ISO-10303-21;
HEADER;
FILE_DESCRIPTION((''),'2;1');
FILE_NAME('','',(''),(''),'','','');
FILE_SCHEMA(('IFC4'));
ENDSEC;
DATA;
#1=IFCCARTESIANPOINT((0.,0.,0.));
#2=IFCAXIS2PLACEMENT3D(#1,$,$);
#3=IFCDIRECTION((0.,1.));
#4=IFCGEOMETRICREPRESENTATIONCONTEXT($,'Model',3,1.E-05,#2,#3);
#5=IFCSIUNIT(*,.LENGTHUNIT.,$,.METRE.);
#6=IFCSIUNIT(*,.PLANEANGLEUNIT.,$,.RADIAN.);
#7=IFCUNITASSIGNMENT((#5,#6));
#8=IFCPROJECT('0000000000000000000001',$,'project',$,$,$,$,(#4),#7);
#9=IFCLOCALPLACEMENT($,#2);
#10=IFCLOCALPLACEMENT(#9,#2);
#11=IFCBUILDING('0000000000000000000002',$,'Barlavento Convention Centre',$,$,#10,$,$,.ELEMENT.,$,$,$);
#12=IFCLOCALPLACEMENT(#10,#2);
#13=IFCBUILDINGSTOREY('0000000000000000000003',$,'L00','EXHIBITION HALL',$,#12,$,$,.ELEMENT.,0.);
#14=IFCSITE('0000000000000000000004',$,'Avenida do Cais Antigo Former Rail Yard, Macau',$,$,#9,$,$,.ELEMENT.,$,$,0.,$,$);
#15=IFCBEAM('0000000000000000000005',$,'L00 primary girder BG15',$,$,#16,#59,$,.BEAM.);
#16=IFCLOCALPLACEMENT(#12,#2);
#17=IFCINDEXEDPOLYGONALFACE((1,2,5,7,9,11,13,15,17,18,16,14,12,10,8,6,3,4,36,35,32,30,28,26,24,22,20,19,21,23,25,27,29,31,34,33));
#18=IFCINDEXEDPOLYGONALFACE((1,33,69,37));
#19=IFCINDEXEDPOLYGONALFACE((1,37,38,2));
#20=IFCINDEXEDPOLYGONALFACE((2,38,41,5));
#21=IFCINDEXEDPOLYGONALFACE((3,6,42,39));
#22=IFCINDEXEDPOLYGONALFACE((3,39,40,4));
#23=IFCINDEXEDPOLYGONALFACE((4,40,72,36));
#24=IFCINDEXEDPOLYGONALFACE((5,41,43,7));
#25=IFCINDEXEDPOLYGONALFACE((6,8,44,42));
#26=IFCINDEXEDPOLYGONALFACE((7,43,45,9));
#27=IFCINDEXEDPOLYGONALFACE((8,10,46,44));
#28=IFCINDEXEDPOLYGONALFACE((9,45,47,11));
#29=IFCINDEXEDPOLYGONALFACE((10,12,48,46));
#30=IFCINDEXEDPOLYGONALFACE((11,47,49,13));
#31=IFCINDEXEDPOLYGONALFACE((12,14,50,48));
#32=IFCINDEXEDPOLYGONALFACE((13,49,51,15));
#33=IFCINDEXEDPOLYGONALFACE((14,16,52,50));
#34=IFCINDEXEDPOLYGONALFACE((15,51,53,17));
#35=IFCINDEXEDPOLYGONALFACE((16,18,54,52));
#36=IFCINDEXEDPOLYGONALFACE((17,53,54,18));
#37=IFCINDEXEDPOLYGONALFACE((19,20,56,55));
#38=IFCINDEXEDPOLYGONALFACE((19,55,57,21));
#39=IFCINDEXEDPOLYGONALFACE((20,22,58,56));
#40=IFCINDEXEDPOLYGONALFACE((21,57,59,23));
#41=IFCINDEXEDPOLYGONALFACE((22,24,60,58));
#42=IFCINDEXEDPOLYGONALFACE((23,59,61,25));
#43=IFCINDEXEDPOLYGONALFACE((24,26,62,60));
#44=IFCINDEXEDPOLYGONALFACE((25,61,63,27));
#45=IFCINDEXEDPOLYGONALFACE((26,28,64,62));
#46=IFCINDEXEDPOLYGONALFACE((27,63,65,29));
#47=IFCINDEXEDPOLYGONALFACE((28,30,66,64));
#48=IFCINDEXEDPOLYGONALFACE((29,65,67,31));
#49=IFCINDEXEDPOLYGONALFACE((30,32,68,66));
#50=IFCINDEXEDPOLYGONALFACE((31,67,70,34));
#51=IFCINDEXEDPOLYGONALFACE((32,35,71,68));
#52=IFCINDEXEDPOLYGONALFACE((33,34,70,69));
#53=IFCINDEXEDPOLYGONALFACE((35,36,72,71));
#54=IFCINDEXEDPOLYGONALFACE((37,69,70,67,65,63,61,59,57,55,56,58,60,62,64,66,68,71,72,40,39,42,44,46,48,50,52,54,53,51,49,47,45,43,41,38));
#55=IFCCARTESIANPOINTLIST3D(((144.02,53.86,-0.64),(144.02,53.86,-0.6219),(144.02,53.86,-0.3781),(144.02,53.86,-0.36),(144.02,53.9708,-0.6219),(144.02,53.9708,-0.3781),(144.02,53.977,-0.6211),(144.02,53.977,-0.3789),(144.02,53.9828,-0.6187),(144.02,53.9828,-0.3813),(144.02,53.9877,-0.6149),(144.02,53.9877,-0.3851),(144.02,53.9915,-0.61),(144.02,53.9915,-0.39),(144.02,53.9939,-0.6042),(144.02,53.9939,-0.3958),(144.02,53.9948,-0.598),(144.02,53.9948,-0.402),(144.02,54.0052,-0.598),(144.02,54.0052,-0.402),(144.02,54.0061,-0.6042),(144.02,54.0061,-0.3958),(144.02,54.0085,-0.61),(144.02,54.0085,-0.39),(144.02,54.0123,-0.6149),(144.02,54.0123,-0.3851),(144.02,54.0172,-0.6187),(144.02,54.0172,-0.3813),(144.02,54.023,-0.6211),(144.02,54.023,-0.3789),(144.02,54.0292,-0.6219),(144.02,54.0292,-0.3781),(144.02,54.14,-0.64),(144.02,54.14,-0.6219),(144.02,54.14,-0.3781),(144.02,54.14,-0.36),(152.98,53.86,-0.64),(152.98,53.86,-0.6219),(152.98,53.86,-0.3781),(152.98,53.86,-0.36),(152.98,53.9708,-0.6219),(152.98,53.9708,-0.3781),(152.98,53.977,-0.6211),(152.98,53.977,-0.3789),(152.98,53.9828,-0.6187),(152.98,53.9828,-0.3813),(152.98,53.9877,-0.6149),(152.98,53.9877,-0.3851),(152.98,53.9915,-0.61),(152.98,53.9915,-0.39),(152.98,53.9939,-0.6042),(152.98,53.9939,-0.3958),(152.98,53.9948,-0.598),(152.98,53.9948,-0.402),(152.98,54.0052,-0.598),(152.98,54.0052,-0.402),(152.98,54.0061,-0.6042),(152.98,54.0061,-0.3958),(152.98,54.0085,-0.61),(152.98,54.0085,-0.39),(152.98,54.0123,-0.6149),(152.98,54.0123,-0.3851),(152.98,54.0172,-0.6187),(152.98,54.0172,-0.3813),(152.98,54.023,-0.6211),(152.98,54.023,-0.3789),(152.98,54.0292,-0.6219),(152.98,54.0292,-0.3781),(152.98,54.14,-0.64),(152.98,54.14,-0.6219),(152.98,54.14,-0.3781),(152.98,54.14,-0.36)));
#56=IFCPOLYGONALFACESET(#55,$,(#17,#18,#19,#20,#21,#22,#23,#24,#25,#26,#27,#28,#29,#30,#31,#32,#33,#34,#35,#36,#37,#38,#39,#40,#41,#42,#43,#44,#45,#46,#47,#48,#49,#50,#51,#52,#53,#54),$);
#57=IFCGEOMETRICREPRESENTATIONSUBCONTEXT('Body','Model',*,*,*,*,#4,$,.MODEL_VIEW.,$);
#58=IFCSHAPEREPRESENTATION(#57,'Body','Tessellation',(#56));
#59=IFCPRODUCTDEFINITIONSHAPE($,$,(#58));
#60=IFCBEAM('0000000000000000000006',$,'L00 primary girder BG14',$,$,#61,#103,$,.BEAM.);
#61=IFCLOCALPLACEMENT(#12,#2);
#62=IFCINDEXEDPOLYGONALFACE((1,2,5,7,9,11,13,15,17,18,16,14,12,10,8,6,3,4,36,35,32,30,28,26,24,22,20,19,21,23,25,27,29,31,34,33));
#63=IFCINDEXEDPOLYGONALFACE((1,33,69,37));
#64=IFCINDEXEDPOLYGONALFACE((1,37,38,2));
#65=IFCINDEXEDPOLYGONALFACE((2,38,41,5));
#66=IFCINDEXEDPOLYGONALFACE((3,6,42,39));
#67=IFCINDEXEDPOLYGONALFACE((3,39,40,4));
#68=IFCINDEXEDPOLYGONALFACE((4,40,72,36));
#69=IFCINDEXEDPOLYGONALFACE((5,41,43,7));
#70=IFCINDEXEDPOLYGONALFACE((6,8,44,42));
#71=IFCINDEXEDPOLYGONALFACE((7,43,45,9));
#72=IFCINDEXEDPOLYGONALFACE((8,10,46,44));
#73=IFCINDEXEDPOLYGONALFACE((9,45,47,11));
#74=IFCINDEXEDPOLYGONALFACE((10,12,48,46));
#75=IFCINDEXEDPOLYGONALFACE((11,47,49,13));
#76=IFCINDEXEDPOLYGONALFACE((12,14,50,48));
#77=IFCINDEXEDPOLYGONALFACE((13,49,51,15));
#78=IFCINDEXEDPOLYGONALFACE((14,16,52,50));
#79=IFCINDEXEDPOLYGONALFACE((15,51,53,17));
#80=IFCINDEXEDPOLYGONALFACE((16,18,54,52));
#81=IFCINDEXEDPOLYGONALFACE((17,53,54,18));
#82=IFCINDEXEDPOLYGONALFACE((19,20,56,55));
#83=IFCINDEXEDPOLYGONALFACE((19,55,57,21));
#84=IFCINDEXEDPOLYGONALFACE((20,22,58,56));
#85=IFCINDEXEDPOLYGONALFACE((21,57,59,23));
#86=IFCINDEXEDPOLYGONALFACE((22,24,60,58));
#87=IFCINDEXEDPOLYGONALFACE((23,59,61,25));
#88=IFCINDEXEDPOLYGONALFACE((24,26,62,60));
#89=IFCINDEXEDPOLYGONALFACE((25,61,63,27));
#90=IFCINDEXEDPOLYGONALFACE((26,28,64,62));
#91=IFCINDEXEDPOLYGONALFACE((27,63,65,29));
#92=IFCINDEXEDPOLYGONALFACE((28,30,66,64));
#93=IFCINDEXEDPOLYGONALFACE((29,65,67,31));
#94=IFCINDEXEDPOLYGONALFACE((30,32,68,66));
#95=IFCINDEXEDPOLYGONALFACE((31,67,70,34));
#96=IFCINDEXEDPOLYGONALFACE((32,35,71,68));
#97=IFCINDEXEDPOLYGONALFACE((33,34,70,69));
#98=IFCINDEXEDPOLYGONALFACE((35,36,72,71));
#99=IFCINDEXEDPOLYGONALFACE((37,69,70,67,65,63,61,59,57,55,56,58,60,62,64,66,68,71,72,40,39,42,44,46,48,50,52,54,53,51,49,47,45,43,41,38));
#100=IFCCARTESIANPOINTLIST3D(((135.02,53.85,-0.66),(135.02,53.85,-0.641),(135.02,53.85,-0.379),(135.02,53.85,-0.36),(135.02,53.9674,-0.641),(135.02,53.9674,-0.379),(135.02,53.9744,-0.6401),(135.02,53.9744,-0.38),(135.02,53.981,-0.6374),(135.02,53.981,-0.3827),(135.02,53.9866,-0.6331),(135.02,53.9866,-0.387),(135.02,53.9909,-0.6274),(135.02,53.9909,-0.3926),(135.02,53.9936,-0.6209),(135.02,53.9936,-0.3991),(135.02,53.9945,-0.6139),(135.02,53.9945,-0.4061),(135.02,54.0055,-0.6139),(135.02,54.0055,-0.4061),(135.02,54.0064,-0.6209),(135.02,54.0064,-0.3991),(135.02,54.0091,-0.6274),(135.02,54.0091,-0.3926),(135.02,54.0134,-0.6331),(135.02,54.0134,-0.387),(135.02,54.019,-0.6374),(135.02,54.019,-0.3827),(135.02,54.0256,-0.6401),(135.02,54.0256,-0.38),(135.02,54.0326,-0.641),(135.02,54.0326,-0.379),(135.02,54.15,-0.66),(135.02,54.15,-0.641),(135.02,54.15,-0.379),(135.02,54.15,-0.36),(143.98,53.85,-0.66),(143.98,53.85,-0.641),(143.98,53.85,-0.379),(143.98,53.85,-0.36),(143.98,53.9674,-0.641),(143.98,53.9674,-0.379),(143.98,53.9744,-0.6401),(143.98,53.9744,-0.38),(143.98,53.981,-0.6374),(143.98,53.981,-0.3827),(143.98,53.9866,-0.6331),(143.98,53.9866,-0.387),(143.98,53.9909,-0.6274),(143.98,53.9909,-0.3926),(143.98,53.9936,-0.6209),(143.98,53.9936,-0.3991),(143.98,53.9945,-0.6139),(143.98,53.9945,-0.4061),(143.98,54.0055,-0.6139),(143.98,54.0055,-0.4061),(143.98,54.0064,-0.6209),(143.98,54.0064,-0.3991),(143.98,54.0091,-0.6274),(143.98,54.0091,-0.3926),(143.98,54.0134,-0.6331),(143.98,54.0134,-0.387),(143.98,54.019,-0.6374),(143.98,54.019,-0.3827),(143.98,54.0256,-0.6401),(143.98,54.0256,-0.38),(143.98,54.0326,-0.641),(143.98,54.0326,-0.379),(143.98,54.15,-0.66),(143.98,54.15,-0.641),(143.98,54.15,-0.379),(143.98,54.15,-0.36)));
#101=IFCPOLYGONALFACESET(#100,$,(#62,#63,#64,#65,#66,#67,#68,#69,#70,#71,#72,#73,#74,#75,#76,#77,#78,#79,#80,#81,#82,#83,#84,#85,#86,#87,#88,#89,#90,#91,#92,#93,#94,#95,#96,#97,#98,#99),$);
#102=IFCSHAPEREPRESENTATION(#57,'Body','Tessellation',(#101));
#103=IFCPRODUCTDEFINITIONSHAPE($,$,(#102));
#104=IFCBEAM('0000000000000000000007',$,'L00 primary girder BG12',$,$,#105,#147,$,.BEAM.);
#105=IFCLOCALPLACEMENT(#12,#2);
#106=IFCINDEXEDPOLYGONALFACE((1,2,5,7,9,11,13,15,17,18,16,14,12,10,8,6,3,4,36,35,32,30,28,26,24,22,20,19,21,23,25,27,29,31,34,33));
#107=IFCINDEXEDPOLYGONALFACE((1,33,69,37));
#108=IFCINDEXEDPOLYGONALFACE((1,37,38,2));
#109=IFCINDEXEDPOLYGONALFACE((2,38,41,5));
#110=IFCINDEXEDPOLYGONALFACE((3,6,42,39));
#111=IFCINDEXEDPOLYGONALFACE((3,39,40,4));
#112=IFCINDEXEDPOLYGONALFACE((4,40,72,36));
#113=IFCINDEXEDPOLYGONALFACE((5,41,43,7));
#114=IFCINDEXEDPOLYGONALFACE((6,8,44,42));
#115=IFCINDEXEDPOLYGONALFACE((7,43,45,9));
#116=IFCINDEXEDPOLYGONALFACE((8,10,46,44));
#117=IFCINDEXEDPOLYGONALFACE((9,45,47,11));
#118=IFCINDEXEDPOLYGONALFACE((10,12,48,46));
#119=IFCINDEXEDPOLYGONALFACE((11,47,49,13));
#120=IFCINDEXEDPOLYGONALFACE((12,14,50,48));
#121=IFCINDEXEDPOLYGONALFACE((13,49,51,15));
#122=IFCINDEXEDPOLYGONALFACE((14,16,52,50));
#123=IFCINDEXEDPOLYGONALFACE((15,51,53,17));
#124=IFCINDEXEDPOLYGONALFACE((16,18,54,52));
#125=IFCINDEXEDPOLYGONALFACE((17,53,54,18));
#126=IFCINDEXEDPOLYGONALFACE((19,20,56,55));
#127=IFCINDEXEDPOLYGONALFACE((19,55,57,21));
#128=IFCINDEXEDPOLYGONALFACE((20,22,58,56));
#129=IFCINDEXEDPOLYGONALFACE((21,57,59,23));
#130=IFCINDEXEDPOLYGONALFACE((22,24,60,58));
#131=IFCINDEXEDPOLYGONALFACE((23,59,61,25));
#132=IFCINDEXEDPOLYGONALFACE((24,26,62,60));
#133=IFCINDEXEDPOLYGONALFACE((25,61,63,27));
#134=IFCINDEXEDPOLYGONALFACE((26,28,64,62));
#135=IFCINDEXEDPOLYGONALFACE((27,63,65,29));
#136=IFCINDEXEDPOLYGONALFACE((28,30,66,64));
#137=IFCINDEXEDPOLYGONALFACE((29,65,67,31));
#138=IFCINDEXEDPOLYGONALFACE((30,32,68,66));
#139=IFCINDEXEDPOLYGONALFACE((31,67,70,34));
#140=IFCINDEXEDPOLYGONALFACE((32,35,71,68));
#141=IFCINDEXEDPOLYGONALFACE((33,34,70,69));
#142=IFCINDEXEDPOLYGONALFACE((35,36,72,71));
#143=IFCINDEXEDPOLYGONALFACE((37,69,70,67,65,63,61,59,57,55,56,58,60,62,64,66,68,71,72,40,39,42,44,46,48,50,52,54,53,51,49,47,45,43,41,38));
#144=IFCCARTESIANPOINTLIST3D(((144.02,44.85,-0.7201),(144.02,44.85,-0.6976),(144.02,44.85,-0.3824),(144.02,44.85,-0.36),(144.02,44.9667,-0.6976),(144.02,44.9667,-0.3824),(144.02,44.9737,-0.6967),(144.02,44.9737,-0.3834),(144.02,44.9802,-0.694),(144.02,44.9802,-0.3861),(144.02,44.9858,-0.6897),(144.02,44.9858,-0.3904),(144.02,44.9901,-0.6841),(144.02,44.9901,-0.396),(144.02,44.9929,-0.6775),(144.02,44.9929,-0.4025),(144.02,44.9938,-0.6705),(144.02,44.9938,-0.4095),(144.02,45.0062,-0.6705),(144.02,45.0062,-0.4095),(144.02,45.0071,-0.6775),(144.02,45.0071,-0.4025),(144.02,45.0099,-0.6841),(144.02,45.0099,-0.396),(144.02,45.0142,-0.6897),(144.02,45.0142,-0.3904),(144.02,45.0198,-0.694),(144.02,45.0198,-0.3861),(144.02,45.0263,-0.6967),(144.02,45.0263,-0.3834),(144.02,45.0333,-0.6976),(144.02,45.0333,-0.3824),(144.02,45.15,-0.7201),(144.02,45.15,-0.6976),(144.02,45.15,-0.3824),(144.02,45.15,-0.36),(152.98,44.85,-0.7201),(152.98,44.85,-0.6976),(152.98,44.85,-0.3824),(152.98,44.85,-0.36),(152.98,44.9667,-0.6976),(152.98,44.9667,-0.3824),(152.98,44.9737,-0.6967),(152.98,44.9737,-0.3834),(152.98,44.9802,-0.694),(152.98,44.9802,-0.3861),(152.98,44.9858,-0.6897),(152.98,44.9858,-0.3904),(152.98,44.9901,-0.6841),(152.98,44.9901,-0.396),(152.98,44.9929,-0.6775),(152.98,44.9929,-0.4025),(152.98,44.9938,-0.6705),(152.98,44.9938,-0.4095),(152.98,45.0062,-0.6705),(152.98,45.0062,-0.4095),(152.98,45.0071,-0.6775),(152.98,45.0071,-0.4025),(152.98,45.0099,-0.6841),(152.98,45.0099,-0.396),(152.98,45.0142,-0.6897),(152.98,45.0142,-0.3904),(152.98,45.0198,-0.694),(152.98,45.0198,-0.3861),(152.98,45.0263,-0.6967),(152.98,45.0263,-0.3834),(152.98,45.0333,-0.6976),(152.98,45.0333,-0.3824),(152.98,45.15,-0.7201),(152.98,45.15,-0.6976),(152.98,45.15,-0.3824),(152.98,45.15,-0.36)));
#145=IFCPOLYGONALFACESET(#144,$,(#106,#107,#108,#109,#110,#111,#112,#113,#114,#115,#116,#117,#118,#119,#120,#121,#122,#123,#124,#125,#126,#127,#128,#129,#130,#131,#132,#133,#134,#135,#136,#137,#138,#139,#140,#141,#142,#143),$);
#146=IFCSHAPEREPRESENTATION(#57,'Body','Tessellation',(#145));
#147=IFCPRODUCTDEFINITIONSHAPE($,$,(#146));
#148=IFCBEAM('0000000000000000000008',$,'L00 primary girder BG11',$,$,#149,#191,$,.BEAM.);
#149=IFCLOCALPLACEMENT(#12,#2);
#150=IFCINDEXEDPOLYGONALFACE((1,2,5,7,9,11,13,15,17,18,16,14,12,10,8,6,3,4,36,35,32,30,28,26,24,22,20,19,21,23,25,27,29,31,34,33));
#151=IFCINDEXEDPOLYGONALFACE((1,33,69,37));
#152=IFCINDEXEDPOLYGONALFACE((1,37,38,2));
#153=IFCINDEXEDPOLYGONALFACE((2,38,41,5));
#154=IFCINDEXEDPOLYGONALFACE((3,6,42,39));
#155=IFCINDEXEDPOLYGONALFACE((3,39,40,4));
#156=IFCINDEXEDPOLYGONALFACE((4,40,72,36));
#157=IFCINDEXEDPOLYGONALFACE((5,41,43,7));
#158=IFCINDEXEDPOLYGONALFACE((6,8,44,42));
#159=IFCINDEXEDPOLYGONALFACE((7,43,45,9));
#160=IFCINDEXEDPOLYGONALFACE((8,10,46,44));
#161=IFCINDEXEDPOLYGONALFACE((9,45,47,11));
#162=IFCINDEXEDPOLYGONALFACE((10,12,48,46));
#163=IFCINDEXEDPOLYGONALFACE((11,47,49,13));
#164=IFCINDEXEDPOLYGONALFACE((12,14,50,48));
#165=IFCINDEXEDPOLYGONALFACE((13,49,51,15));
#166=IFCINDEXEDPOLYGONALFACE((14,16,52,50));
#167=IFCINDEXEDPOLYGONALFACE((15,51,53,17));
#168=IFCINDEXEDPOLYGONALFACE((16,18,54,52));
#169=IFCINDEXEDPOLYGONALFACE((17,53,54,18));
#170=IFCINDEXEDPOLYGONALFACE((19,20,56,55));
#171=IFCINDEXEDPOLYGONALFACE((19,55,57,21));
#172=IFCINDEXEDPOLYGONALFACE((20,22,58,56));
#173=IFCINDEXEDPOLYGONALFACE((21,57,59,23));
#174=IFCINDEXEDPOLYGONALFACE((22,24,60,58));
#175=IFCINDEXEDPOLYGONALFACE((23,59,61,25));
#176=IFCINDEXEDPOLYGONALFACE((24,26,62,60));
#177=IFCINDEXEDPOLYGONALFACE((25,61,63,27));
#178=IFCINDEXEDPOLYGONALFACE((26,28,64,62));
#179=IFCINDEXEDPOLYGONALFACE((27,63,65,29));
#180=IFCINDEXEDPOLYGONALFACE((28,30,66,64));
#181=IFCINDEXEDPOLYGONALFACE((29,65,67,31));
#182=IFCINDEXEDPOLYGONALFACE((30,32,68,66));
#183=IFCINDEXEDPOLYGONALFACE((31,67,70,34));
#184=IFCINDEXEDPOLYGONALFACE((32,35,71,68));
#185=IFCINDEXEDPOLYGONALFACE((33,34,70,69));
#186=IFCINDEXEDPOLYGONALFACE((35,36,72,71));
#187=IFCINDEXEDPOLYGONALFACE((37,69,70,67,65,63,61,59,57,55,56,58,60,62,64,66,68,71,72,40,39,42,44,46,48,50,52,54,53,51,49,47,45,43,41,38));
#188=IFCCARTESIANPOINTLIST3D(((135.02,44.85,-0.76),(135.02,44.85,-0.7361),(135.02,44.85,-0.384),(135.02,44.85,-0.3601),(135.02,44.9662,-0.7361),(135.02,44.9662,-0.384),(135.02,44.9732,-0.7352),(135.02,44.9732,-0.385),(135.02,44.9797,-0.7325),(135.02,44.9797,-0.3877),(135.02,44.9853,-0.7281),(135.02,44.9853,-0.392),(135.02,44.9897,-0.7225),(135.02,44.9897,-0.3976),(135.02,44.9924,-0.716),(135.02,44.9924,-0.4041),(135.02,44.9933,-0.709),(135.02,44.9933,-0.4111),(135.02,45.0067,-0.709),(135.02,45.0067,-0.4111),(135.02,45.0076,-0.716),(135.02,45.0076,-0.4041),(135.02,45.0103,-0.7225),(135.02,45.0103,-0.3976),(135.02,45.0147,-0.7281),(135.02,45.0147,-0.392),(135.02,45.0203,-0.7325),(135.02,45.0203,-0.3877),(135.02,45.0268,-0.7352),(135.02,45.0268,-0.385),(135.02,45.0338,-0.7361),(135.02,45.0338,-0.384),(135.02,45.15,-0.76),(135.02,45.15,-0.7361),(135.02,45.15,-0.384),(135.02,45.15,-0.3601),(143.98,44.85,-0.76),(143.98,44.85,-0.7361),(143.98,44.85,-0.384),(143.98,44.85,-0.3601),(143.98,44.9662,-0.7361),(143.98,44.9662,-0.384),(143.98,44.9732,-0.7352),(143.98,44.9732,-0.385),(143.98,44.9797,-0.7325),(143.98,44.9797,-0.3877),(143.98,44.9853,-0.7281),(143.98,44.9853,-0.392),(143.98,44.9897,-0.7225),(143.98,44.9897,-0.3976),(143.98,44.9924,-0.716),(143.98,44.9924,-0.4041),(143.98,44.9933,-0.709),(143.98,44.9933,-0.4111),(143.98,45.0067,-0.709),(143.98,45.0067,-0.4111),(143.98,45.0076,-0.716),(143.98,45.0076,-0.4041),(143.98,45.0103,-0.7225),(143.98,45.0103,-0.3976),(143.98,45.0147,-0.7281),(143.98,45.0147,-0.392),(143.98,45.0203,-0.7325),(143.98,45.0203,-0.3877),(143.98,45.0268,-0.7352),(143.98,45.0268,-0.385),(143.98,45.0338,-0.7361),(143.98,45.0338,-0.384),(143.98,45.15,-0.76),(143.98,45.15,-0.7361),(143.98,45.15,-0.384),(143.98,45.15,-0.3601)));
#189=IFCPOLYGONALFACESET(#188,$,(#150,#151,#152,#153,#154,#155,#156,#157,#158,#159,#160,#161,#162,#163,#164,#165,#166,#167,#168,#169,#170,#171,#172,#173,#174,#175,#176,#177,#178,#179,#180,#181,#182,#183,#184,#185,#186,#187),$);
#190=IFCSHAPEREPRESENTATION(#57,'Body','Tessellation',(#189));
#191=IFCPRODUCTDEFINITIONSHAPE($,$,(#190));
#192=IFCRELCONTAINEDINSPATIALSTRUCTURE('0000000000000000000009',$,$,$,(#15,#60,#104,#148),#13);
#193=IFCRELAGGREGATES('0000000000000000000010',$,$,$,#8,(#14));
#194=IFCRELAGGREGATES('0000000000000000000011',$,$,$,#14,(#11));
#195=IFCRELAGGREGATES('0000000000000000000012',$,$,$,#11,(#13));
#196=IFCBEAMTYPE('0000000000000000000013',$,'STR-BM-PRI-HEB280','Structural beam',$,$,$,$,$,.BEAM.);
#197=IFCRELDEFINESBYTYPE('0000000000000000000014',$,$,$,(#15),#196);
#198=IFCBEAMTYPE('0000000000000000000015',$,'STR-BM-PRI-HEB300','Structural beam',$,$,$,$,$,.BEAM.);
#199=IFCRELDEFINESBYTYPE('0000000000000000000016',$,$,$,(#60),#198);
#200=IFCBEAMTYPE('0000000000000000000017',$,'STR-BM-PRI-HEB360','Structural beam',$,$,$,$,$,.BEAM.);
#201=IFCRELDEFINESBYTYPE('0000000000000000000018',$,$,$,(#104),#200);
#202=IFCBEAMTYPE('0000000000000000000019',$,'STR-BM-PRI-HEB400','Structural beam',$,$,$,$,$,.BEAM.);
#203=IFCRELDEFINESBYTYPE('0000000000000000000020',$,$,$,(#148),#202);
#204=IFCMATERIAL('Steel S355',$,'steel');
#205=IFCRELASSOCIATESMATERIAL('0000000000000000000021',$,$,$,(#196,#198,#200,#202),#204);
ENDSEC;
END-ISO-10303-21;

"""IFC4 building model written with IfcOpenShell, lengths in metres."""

from ifc_helpers import new_model, si_unit, direction, frame, origin, origin_2d, place, context, subcontext, project, spatial, i_section, extrude, material, material_profile, profile_set, type_object, element, save


model = new_model("IFC4")

# Units and contexts
model_context = context("Model", 3, precision=1e-05, world=origin(), true_north=direction((0.0, 1.0)))
body_context = subcontext(model_context, "Body", "Model", "MODEL_VIEW")
ifc_project = project(units=[si_unit("LENGTHUNIT", "METRE"), si_unit("PLANEANGLEUNIT", "RADIAN")], contexts=[model_context])

# Site, building, storey
site_placement = place(None, origin())
site = spatial("IfcSite", under=ifc_project, at=site_placement, Name="Avenida do Cais Antigo Former Rail Yard, Macau", CompositionType="ELEMENT", RefElevation=0.0)
building_placement = place(site_placement, origin())
building = spatial("IfcBuilding", under=site, at=building_placement, Name="Barlavento Convention Centre", CompositionType="ELEMENT")
storey_placement = place(building_placement, origin())
storey = spatial("IfcBuildingStorey", under=building, at=storey_placement, Name="L00", Description="EXHIBITION HALL", CompositionType="ELEMENT", Elevation=0.0)

# Beams
ifc_material_1 = material(Name="Steel S355", Category="steel")
ifc_material_profile_1 = material_profile(ifc_material_1, i_section(OverallWidth=0.28, OverallDepth=0.28, WebThickness=0.0105, FlangeThickness=0.0181, FilletRadius=0.0239, at=origin_2d()), Name="HEB 280")
ifc_profile_set_1 = profile_set([ifc_material_profile_1], Name="Steel S355")
beam_type_1 = type_object("IfcBeamType", Name="STR-BM-PRI-HEB280", Description="Structural beam", PredefinedType="BEAM", material=ifc_profile_set_1)
beam_1_placement = place(storey_placement, frame((144.02, 54.0, -0.5), z_axis=(1.0, 0.0, 0.0), x_axis=(0.0, 1.0, 0.0)))
element("IfcBeam", 1, at=beam_1_placement, inside=storey, type_object=beam_type_1, Name="L00 primary girder BG15", PredefinedType="BEAM", context=body_context, shape_type="SweptSolid", body=[
    extrude(i_section(OverallWidth=0.28, OverallDepth=0.28, WebThickness=0.0105, FlangeThickness=0.0181, FilletRadius=0.0239, at=origin_2d()), origin(), (0.0, 0.0, 1.0), 8.96),
])
ifc_material_profile_2 = material_profile(ifc_material_1, i_section(OverallWidth=0.3, OverallDepth=0.3, WebThickness=0.011, FlangeThickness=0.019, FilletRadius=0.0271, at=origin_2d()), Name="HEB 300")
ifc_profile_set_2 = profile_set([ifc_material_profile_2], Name="Steel S355")
beam_type_2 = type_object("IfcBeamType", Name="STR-BM-PRI-HEB300", Description="Structural beam", PredefinedType="BEAM", material=ifc_profile_set_2)
beam_2_placement = place(storey_placement, frame((135.02, 54.0, -0.51), z_axis=(1.0, 0.0, 0.0), x_axis=(0.0, 1.0, 0.0)))
element("IfcBeam", 2, at=beam_2_placement, inside=storey, type_object=beam_type_2, Name="L00 primary girder BG14", PredefinedType="BEAM", context=body_context, shape_type="SweptSolid", body=[
    extrude(i_section(OverallWidth=0.3, OverallDepth=0.3, WebThickness=0.011, FlangeThickness=0.019, FilletRadius=0.0271, at=origin_2d()), origin(), (0.0, 0.0, 1.0), 8.96),
])
ifc_material_profile_3 = material_profile(ifc_material_1, i_section(OverallWidth=0.3, OverallDepth=0.3601, WebThickness=0.0125, FlangeThickness=0.0225, FilletRadius=0.0271, at=origin_2d()), Name="HEB 360")
ifc_profile_set_3 = profile_set([ifc_material_profile_3], Name="Steel S355")
beam_type_3 = type_object("IfcBeamType", Name="STR-BM-PRI-HEB360", Description="Structural beam", PredefinedType="BEAM", material=ifc_profile_set_3)
beam_3_placement = place(storey_placement, frame((144.02, 45.0, -0.54), z_axis=(1.0, 0.0, 0.0), x_axis=(0.0, 1.0, 0.0)))
element("IfcBeam", 3, at=beam_3_placement, inside=storey, type_object=beam_type_3, Name="L00 primary girder BG12", PredefinedType="BEAM", context=body_context, shape_type="SweptSolid", body=[
    extrude(i_section(OverallWidth=0.3, OverallDepth=0.3601, WebThickness=0.0125, FlangeThickness=0.0225, FilletRadius=0.0271, at=origin_2d()), origin(), (0.0, 0.0, 1.0), 8.96),
])
ifc_material_profile_4 = material_profile(ifc_material_1, i_section(OverallWidth=0.3, OverallDepth=0.3999, WebThickness=0.0134, FlangeThickness=0.0239, FilletRadius=0.0271, at=origin_2d()), Name="HEB 400")
ifc_profile_set_4 = profile_set([ifc_material_profile_4], Name="Steel S355")
beam_type_4 = type_object("IfcBeamType", Name="STR-BM-PRI-HEB400", Description="Structural beam", PredefinedType="BEAM", material=ifc_profile_set_4)
beam_4_placement = place(storey_placement, frame((135.02, 45.0, -0.5601), z_axis=(1.0, 0.0, 0.0), x_axis=(0.0, 1.0, 0.0)))
element("IfcBeam", 4, at=beam_4_placement, inside=storey, type_object=beam_type_4, Name="L00 primary girder BG11", PredefinedType="BEAM", context=body_context, shape_type="SweptSolid", body=[
    extrude(i_section(OverallWidth=0.3, OverallDepth=0.3999, WebThickness=0.0134, FlangeThickness=0.0239, FilletRadius=0.0271, at=origin_2d()), origin(), (0.0, 0.0, 1.0), 8.96),
])

save(model, "model.ifc")
